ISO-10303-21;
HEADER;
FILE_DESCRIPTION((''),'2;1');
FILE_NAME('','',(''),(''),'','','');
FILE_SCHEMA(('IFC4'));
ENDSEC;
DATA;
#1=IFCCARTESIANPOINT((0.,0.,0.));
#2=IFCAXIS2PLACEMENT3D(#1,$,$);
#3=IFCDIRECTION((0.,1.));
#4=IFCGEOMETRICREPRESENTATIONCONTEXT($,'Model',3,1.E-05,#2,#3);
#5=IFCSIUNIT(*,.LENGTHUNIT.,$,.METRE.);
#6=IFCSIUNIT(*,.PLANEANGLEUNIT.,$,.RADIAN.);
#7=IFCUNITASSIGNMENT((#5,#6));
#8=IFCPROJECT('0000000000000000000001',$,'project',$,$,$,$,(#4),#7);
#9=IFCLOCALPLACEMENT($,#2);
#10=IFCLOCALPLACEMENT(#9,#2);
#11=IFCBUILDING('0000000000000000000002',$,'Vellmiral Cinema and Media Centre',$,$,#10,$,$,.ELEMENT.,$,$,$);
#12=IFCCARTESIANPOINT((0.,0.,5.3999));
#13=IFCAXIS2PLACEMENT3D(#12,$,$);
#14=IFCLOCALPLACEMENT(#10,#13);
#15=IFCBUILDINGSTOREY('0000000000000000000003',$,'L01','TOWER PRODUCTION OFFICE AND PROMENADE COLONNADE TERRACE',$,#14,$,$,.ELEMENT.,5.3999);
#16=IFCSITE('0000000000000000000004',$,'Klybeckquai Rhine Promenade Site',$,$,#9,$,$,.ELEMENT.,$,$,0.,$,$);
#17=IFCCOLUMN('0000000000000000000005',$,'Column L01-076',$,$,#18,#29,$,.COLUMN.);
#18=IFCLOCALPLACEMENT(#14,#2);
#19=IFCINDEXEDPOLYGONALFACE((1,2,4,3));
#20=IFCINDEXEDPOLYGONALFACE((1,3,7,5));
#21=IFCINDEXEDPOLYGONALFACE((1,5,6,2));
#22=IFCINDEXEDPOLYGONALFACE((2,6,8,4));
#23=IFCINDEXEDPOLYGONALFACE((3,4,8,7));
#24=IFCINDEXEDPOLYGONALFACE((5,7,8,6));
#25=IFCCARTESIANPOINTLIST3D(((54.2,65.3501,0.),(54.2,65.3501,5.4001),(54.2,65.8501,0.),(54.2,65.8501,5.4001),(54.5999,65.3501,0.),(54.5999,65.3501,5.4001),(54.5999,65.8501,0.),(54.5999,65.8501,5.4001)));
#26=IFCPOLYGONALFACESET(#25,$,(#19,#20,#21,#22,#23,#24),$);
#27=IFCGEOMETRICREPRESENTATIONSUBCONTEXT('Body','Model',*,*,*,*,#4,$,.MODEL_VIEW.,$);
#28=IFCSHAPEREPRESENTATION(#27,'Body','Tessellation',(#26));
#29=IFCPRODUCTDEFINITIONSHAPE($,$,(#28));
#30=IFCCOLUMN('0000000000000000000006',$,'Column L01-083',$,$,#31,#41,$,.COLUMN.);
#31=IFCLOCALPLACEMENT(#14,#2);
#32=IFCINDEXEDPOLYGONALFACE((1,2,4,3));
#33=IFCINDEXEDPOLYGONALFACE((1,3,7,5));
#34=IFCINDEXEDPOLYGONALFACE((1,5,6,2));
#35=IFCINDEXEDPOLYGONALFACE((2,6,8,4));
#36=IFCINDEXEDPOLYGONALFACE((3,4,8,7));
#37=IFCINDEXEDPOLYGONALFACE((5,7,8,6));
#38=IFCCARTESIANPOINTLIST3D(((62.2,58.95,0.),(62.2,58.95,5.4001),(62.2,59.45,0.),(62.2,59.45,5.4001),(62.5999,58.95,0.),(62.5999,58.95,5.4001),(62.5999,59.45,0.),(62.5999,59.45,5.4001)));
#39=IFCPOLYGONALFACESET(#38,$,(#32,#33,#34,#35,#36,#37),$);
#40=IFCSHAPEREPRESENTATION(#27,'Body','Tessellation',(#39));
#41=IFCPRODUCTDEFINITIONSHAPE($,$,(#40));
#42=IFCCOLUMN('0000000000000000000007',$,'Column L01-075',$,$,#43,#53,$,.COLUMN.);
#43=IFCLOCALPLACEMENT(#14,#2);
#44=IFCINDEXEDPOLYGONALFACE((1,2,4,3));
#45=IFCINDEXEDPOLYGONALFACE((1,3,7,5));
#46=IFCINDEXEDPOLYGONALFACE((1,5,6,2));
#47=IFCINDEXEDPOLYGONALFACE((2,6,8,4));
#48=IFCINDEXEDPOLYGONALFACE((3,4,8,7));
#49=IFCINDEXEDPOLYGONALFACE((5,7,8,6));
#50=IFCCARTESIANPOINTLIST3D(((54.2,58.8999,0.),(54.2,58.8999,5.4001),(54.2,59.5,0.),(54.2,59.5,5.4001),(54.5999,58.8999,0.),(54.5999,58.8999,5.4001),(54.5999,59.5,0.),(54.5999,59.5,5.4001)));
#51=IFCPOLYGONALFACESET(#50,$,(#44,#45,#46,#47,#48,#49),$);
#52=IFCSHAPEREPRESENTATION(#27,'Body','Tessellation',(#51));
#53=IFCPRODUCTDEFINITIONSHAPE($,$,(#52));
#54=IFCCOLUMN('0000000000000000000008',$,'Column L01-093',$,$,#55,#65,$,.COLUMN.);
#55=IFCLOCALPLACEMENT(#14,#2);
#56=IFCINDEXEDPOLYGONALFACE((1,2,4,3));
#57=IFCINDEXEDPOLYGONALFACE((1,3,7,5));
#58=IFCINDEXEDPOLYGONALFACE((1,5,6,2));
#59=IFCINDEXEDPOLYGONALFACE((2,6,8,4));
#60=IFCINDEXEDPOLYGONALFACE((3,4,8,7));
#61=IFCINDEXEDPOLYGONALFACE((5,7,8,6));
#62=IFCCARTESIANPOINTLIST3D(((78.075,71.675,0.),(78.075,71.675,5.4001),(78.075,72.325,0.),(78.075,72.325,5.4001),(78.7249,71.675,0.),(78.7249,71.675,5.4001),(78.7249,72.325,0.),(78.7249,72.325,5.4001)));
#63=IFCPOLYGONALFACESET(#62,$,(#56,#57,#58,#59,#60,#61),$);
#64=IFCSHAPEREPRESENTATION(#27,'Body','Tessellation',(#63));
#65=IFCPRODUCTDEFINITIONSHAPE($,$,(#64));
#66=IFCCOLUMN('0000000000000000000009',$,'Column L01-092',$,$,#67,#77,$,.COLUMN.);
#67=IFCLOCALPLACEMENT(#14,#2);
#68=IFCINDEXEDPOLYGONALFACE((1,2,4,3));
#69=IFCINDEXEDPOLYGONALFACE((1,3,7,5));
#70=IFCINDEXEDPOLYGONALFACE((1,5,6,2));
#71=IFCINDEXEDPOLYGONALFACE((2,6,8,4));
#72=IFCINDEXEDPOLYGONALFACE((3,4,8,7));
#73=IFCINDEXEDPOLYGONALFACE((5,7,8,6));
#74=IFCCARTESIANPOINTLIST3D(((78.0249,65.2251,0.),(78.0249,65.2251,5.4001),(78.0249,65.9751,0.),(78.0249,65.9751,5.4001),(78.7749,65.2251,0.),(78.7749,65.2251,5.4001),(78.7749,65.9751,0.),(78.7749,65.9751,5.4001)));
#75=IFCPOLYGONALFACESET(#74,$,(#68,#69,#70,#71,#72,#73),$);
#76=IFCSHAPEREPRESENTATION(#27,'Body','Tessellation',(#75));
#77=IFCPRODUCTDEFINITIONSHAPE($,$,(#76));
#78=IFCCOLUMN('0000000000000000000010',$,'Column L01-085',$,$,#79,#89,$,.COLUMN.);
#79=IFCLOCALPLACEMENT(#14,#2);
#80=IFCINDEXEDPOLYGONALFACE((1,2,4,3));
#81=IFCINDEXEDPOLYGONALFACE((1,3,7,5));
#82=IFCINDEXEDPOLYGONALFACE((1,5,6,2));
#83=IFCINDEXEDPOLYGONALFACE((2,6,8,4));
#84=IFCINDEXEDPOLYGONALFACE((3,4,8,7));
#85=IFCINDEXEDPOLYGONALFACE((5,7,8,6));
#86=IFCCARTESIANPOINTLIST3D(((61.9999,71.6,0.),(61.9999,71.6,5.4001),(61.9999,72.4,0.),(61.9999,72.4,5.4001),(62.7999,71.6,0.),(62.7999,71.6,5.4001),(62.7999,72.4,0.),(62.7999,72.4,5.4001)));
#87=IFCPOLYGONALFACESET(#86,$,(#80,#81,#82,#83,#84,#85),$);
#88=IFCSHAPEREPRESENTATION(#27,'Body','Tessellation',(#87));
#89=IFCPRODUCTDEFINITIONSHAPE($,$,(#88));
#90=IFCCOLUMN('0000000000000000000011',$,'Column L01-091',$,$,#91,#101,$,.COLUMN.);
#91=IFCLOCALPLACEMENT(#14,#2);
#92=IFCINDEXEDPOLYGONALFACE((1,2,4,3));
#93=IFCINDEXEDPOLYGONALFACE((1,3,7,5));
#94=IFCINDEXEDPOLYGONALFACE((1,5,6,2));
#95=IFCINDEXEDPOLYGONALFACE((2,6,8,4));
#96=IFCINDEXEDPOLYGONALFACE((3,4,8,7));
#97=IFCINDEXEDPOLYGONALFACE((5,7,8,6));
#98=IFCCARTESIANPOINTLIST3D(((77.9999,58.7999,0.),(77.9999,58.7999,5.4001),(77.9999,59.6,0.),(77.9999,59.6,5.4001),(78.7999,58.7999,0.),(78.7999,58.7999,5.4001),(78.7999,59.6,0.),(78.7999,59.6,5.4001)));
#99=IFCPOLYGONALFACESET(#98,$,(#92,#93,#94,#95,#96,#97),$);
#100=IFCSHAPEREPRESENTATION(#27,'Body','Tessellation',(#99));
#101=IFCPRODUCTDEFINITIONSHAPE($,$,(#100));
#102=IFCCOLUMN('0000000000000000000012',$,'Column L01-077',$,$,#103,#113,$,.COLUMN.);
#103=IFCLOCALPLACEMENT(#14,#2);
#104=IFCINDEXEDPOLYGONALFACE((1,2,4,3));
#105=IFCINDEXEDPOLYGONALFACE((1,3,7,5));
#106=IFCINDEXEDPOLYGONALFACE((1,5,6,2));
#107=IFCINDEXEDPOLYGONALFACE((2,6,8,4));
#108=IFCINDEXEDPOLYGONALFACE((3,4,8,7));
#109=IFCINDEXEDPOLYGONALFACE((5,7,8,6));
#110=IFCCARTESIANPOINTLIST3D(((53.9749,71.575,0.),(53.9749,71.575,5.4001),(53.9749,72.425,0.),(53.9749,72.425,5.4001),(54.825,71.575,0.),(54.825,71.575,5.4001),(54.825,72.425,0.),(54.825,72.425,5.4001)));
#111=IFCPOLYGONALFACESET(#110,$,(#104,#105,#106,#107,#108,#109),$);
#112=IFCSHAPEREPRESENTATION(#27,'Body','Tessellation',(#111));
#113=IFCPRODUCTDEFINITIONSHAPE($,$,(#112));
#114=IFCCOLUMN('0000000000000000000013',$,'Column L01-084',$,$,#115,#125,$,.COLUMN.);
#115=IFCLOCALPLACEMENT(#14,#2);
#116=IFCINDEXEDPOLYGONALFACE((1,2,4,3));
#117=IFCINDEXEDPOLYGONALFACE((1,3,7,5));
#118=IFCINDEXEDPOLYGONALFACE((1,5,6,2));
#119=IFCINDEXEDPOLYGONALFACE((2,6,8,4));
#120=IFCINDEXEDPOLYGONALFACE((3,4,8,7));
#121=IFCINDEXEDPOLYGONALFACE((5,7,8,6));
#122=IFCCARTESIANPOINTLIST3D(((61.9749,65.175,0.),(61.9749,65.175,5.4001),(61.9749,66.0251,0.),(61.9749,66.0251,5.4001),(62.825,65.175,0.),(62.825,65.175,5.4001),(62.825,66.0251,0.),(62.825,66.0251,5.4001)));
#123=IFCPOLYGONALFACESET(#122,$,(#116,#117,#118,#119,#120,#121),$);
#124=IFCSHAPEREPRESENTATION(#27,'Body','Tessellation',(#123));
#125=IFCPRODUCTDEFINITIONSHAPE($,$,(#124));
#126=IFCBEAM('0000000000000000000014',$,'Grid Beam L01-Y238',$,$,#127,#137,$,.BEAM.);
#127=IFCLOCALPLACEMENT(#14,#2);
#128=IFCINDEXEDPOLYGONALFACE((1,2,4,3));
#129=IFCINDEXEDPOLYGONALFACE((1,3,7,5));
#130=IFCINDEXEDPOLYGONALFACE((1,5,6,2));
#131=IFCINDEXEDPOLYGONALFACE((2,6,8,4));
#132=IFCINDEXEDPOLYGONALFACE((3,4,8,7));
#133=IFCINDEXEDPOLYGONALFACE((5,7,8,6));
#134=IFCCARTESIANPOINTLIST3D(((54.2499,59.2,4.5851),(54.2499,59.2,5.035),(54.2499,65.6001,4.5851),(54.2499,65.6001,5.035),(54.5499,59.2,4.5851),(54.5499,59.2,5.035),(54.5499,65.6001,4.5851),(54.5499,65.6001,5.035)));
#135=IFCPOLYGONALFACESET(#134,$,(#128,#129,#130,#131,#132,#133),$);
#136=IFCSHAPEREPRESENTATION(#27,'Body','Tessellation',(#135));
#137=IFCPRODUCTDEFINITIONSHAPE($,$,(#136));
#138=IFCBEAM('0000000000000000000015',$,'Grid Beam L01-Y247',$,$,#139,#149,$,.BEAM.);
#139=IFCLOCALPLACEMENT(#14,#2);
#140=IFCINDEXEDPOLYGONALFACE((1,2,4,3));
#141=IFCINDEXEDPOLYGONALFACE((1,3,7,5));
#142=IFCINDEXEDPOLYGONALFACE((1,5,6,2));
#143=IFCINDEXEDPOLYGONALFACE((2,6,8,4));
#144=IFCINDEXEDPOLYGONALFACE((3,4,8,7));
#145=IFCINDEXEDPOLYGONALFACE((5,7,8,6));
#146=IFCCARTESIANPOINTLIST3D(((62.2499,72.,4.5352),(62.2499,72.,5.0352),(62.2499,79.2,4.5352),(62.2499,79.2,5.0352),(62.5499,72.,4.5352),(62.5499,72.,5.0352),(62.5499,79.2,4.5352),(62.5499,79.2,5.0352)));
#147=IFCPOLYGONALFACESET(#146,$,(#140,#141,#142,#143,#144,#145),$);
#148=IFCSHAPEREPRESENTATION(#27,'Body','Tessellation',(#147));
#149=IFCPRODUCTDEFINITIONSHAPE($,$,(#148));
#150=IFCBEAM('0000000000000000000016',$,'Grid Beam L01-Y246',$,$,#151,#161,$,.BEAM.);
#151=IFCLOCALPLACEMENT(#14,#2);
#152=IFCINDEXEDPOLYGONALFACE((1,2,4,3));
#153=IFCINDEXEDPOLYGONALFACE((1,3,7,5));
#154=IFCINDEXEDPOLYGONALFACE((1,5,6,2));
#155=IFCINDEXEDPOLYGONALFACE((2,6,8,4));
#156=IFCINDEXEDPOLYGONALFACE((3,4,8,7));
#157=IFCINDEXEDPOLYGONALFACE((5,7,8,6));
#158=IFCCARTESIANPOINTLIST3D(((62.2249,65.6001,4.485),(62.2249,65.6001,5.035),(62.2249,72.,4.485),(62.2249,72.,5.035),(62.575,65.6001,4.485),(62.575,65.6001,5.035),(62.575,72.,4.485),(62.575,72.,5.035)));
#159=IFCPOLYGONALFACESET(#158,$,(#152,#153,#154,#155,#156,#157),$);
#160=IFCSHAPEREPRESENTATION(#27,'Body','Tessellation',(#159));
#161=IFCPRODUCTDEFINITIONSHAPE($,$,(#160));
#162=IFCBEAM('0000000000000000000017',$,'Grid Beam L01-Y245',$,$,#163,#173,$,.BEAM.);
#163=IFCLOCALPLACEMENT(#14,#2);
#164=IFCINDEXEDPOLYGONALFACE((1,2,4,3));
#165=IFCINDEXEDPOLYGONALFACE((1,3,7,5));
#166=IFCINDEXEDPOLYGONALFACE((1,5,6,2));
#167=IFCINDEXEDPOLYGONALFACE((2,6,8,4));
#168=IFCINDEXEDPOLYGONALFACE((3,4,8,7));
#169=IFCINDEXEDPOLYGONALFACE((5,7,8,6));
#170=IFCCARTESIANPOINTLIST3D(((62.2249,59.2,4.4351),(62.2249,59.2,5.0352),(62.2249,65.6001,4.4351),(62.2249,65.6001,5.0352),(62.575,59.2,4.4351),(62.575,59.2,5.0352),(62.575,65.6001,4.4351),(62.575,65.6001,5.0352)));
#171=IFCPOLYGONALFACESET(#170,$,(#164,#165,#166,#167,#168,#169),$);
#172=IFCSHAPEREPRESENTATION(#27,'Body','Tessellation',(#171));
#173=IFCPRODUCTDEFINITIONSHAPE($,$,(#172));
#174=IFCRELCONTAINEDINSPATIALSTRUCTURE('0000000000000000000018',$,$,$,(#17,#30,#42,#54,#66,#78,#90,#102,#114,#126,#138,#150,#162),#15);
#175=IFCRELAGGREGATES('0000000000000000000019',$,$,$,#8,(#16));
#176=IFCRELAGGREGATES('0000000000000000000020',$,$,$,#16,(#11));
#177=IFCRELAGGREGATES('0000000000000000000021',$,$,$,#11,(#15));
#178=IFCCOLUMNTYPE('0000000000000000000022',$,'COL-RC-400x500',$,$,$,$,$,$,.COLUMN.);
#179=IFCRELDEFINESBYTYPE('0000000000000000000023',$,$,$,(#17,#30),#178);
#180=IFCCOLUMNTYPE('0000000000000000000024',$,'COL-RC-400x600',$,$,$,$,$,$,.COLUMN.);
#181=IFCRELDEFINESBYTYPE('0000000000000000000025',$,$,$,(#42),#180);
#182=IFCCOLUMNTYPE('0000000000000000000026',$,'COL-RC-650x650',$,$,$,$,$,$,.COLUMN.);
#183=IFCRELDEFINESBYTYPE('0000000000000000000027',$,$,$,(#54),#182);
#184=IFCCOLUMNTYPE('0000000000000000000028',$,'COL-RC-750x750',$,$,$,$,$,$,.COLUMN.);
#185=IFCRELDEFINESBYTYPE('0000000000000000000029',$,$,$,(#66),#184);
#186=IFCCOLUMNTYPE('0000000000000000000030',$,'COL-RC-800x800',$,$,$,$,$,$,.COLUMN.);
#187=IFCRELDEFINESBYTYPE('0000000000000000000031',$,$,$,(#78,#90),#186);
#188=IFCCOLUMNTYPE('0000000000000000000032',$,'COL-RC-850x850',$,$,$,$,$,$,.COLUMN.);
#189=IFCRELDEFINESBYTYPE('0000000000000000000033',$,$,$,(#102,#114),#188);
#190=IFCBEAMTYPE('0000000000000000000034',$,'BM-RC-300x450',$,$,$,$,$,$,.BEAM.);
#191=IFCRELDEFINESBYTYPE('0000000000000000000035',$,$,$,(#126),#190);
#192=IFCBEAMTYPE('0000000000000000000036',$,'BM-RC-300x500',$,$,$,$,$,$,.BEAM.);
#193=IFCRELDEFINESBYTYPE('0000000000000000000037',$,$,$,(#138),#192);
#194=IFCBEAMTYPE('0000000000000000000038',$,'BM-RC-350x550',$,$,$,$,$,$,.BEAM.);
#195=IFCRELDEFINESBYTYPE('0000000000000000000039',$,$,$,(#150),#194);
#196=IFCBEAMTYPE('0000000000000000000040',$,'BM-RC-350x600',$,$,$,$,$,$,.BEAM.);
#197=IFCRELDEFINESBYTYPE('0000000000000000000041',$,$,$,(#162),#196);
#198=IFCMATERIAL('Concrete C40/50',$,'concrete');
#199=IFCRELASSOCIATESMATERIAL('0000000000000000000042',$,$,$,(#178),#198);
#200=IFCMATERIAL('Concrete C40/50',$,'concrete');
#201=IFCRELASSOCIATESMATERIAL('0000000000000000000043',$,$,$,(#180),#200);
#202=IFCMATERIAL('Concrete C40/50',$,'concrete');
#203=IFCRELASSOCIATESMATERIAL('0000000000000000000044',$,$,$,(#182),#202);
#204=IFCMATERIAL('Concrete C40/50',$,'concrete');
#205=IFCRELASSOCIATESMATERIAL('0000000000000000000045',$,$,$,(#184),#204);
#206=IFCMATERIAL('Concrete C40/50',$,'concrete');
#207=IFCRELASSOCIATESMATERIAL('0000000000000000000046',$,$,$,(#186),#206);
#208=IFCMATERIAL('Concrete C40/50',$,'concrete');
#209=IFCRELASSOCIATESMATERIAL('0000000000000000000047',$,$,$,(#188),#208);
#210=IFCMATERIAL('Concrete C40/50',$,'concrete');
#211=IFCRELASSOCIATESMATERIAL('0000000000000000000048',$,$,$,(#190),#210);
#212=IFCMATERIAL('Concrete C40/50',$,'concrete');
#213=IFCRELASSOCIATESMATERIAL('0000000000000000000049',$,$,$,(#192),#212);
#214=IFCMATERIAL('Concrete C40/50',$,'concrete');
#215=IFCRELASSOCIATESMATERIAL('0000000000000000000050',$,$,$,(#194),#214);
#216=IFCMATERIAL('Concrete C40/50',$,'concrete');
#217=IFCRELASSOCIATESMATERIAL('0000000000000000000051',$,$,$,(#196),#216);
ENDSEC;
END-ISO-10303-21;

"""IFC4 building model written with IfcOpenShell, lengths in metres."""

from ifc_helpers import new_model, si_unit, direction, frame, origin, origin_2d, place, context, subcontext, project, spatial, rectangle, extrude, material, material_profile, profile_set, type_object, element, save


model = new_model("IFC4")

# Units and contexts
model_context = context("Model", 3, precision=1e-05, world=origin(), true_north=direction((0.0, 1.0)))
body_context = subcontext(model_context, "Body", "Model", "MODEL_VIEW")
ifc_project = project(units=[si_unit("LENGTHUNIT", "METRE"), si_unit("PLANEANGLEUNIT", "RADIAN")], contexts=[model_context])

# Site, building, storey
site_placement = place(None, origin())
site = spatial("IfcSite", under=ifc_project, at=site_placement, Name="Klybeckquai Rhine Promenade Site", CompositionType="ELEMENT", RefElevation=0.0)
building_placement = place(site_placement, origin())
building = spatial("IfcBuilding", under=site, at=building_placement, Name="Vellmiral Cinema and Media Centre", CompositionType="ELEMENT")
storey_placement = place(building_placement, frame((0.0, 0.0, 5.3999)))
storey = spatial("IfcBuildingStorey", under=building, at=storey_placement, Name="L01", Description="TOWER PRODUCTION OFFICE AND PROMENADE COLONNADE TERRACE", CompositionType="ELEMENT", Elevation=5.3999)

# Columns
ifc_material_1 = material(Name="Concrete C40/50", Category="concrete")
ifc_material_profile_1 = material_profile(ifc_material_1, rectangle(XDim=0.3999, YDim=0.5, at=origin_2d()), Name="RC 400x500")
ifc_profile_set_1 = profile_set([ifc_material_profile_1], Name="Concrete C40/50")
column_type_1 = type_object("IfcColumnType", Name="COL-RC-400x500", PredefinedType="COLUMN", material=ifc_profile_set_1)
for number, where, z_axis, x_axis, name in (
    (1, (54.3999, 65.6001, 0.0), (0.0, 0.0, 1.0), (1.0, 0.0, 0.0), "Column L01-076"),
    (2, (62.3999, 59.2, 0.0), (0.0, 0.0, 1.0), (1.0, 0.0, 0.0), "Column L01-083"),
):
    element("IfcColumn", number, at=place(storey_placement, frame(where, z_axis=z_axis, x_axis=x_axis)), inside=storey, type_object=column_type_1, Name=name, PredefinedType="COLUMN", context=body_context, shape_type="SweptSolid", body=[
        extrude(rectangle(XDim=0.3999, YDim=0.5, at=origin_2d()), origin(), (0.0, 0.0, 1.0), 5.4001),
    ])
ifc_material_2 = material(Name="Concrete C40/50", Category="concrete")
ifc_material_profile_2 = material_profile(ifc_material_2, rectangle(XDim=0.3999, YDim=0.6001, at=origin_2d()), Name="RC 400x600")
ifc_profile_set_2 = profile_set([ifc_material_profile_2], Name="Concrete C40/50")
column_type_2 = type_object("IfcColumnType", Name="COL-RC-400x600", PredefinedType="COLUMN", material=ifc_profile_set_2)
column_1_placement = place(storey_placement, frame((54.3999, 59.2, 0.0), z_axis=(0.0, 0.0, 1.0), x_axis=(1.0, 0.0, 0.0)))
element("IfcColumn", 3, at=column_1_placement, inside=storey, type_object=column_type_2, Name="Column L01-075", PredefinedType="COLUMN", context=body_context, shape_type="SweptSolid", body=[
    extrude(rectangle(XDim=0.3999, YDim=0.6001, at=origin_2d()), origin(), (0.0, 0.0, 1.0), 5.4001),
])
ifc_material_3 = material(Name="Concrete C40/50", Category="concrete")
ifc_material_profile_3 = material_profile(ifc_material_3, rectangle(XDim=0.6499, YDim=0.6499, at=origin_2d()), Name="RC 650x650")
ifc_profile_set_3 = profile_set([ifc_material_profile_3], Name="Concrete C40/50")
column_type_3 = type_object("IfcColumnType", Name="COL-RC-650x650", PredefinedType="COLUMN", material=ifc_profile_set_3)
column_2_placement = place(storey_placement, frame((78.3999, 72.0, 0.0), z_axis=(0.0, 0.0, 1.0), x_axis=(1.0, 0.0, 0.0)))
element("IfcColumn", 4, at=column_2_placement, inside=storey, type_object=column_type_3, Name="Column L01-093", PredefinedType="COLUMN", context=body_context, shape_type="SweptSolid", body=[
    extrude(rectangle(XDim=0.6499, YDim=0.6499, at=origin_2d()), origin(), (0.0, 0.0, 1.0), 5.4001),
])
ifc_material_4 = material(Name="Concrete C40/50", Category="concrete")
ifc_material_profile_4 = material_profile(ifc_material_4, rectangle(XDim=0.75, YDim=0.75, at=origin_2d()), Name="RC 750x750")
ifc_profile_set_4 = profile_set([ifc_material_profile_4], Name="Concrete C40/50")
column_type_4 = type_object("IfcColumnType", Name="COL-RC-750x750", PredefinedType="COLUMN", material=ifc_profile_set_4)
column_3_placement = place(storey_placement, frame((78.3999, 65.6001, 0.0), z_axis=(0.0, 0.0, 1.0), x_axis=(1.0, 0.0, 0.0)))
element("IfcColumn", 5, at=column_3_placement, inside=storey, type_object=column_type_4, Name="Column L01-092", PredefinedType="COLUMN", context=body_context, shape_type="SweptSolid", body=[
    extrude(rectangle(XDim=0.75, YDim=0.75, at=origin_2d()), origin(), (0.0, 0.0, 1.0), 5.4001),
])
ifc_material_5 = material(Name="Concrete C40/50", Category="concrete")
ifc_material_profile_5 = material_profile(ifc_material_5, rectangle(XDim=0.8, YDim=0.8, at=origin_2d()), Name="RC 800x800")
ifc_profile_set_5 = profile_set([ifc_material_profile_5], Name="Concrete C40/50")
column_type_5 = type_object("IfcColumnType", Name="COL-RC-800x800", PredefinedType="COLUMN", material=ifc_profile_set_5)
for number, where, z_axis, x_axis, name in (
    (6, (62.3999, 72.0, 0.0), (0.0, 0.0, 1.0), (1.0, 0.0, 0.0), "Column L01-085"),
    (7, (78.3999, 59.2, 0.0), (0.0, 0.0, 1.0), (1.0, 0.0, 0.0), "Column L01-091"),
):
    element("IfcColumn", number, at=place(storey_placement, frame(where, z_axis=z_axis, x_axis=x_axis)), inside=storey, type_object=column_type_5, Name=name, PredefinedType="COLUMN", context=body_context, shape_type="SweptSolid", body=[
        extrude(rectangle(XDim=0.8, YDim=0.8, at=origin_2d()), origin(), (0.0, 0.0, 1.0), 5.4001),
    ])
ifc_material_6 = material(Name="Concrete C40/50", Category="concrete")
ifc_material_profile_6 = material_profile(ifc_material_6, rectangle(XDim=0.8501, YDim=0.8501, at=origin_2d()), Name="RC 850x850")
ifc_profile_set_6 = profile_set([ifc_material_profile_6], Name="Concrete C40/50")
column_type_6 = type_object("IfcColumnType", Name="COL-RC-850x850", PredefinedType="COLUMN", material=ifc_profile_set_6)
for number, where, z_axis, x_axis, name in (
    (8, (54.3999, 72.0, 0.0), (0.0, 0.0, 1.0), (1.0, 0.0, 0.0), "Column L01-077"),
    (9, (62.3999, 65.6001, 0.0), (0.0, 0.0, 1.0), (1.0, 0.0, 0.0), "Column L01-084"),
):
    element("IfcColumn", number, at=place(storey_placement, frame(where, z_axis=z_axis, x_axis=x_axis)), inside=storey, type_object=column_type_6, Name=name, PredefinedType="COLUMN", context=body_context, shape_type="SweptSolid", body=[
        extrude(rectangle(XDim=0.8501, YDim=0.8501, at=origin_2d()), origin(), (0.0, 0.0, 1.0), 5.4001),
    ])

# Beams
ifc_material_7 = material(Name="Concrete C40/50", Category="concrete")
ifc_material_profile_7 = material_profile(ifc_material_7, rectangle(XDim=0.3, YDim=0.45, at=origin_2d()), Name="RC 300x450")
ifc_profile_set_7 = profile_set([ifc_material_profile_7], Name="Concrete C40/50")
beam_type_1 = type_object("IfcBeamType", Name="BM-RC-300x450", PredefinedType="BEAM", material=ifc_profile_set_7)
beam_1_placement = place(storey_placement, frame((54.3999, 59.2, 4.8101), z_axis=(0.0, 1.0, 0.0), x_axis=(-1.0, 0.0, 0.0)))
element("IfcBeam", 10, at=beam_1_placement, inside=storey, type_object=beam_type_1, Name="Grid Beam L01-Y238", PredefinedType="BEAM", context=body_context, shape_type="SweptSolid", body=[
    extrude(rectangle(XDim=0.3, YDim=0.45, at=origin_2d()), origin(), (0.0, 0.0, 1.0), 6.4001),
])
ifc_material_8 = material(Name="Concrete C40/50", Category="concrete")
ifc_material_profile_8 = material_profile(ifc_material_8, rectangle(XDim=0.3, YDim=0.5, at=origin_2d()), Name="RC 300x500")
ifc_profile_set_8 = profile_set([ifc_material_profile_8], Name="Concrete C40/50")
beam_type_2 = type_object("IfcBeamType", Name="BM-RC-300x500", PredefinedType="BEAM", material=ifc_profile_set_8)
beam_2_placement = place(storey_placement, frame((62.3999, 72.0, 4.7852), z_axis=(0.0, 1.0, 0.0), x_axis=(-1.0, 0.0, 0.0)))
element("IfcBeam", 11, at=beam_2_placement, inside=storey, type_object=beam_type_2, Name="Grid Beam L01-Y247", PredefinedType="BEAM", context=body_context, shape_type="SweptSolid", body=[
    extrude(rectangle(XDim=0.3, YDim=0.5, at=origin_2d()), origin(), (0.0, 0.0, 1.0), 7.2),
])
ifc_material_9 = material(Name="Concrete C40/50", Category="concrete")
ifc_material_profile_9 = material_profile(ifc_material_9, rectangle(XDim=0.3501, YDim=0.55, at=origin_2d()), Name="RC 350x550")
ifc_profile_set_9 = profile_set([ifc_material_profile_9], Name="Concrete C40/50")
beam_type_3 = type_object("IfcBeamType", Name="BM-RC-350x550", PredefinedType="BEAM", material=ifc_profile_set_9)
beam_3_placement = place(storey_placement, frame((62.3999, 65.6001, 4.76), z_axis=(0.0, 1.0, 0.0), x_axis=(-1.0, 0.0, 0.0)))
element("IfcBeam", 12, at=beam_3_placement, inside=storey, type_object=beam_type_3, Name="Grid Beam L01-Y246", PredefinedType="BEAM", context=body_context, shape_type="SweptSolid", body=[
    extrude(rectangle(XDim=0.3501, YDim=0.55, at=origin_2d()), origin(), (0.0, 0.0, 1.0), 6.3999),
])
ifc_material_10 = material(Name="Concrete C40/50", Category="concrete")
ifc_material_profile_10 = material_profile(ifc_material_10, rectangle(XDim=0.3501, YDim=0.6001, at=origin_2d()), Name="RC 350x600")
ifc_profile_set_10 = profile_set([ifc_material_profile_10], Name="Concrete C40/50")
beam_type_4 = type_object("IfcBeamType", Name="BM-RC-350x600", PredefinedType="BEAM", material=ifc_profile_set_10)
beam_4_placement = place(storey_placement, frame((62.3999, 59.2, 4.7351), z_axis=(0.0, 1.0, 0.0), x_axis=(-1.0, 0.0, 0.0)))
element("IfcBeam", 13, at=beam_4_placement, inside=storey, type_object=beam_type_4, Name="Grid Beam L01-Y245", PredefinedType="BEAM", context=body_context, shape_type="SweptSolid", body=[
    extrude(rectangle(XDim=0.3501, YDim=0.6001, at=origin_2d()), origin(), (0.0, 0.0, 1.0), 6.4001),
])

save(model, "model.ifc")
